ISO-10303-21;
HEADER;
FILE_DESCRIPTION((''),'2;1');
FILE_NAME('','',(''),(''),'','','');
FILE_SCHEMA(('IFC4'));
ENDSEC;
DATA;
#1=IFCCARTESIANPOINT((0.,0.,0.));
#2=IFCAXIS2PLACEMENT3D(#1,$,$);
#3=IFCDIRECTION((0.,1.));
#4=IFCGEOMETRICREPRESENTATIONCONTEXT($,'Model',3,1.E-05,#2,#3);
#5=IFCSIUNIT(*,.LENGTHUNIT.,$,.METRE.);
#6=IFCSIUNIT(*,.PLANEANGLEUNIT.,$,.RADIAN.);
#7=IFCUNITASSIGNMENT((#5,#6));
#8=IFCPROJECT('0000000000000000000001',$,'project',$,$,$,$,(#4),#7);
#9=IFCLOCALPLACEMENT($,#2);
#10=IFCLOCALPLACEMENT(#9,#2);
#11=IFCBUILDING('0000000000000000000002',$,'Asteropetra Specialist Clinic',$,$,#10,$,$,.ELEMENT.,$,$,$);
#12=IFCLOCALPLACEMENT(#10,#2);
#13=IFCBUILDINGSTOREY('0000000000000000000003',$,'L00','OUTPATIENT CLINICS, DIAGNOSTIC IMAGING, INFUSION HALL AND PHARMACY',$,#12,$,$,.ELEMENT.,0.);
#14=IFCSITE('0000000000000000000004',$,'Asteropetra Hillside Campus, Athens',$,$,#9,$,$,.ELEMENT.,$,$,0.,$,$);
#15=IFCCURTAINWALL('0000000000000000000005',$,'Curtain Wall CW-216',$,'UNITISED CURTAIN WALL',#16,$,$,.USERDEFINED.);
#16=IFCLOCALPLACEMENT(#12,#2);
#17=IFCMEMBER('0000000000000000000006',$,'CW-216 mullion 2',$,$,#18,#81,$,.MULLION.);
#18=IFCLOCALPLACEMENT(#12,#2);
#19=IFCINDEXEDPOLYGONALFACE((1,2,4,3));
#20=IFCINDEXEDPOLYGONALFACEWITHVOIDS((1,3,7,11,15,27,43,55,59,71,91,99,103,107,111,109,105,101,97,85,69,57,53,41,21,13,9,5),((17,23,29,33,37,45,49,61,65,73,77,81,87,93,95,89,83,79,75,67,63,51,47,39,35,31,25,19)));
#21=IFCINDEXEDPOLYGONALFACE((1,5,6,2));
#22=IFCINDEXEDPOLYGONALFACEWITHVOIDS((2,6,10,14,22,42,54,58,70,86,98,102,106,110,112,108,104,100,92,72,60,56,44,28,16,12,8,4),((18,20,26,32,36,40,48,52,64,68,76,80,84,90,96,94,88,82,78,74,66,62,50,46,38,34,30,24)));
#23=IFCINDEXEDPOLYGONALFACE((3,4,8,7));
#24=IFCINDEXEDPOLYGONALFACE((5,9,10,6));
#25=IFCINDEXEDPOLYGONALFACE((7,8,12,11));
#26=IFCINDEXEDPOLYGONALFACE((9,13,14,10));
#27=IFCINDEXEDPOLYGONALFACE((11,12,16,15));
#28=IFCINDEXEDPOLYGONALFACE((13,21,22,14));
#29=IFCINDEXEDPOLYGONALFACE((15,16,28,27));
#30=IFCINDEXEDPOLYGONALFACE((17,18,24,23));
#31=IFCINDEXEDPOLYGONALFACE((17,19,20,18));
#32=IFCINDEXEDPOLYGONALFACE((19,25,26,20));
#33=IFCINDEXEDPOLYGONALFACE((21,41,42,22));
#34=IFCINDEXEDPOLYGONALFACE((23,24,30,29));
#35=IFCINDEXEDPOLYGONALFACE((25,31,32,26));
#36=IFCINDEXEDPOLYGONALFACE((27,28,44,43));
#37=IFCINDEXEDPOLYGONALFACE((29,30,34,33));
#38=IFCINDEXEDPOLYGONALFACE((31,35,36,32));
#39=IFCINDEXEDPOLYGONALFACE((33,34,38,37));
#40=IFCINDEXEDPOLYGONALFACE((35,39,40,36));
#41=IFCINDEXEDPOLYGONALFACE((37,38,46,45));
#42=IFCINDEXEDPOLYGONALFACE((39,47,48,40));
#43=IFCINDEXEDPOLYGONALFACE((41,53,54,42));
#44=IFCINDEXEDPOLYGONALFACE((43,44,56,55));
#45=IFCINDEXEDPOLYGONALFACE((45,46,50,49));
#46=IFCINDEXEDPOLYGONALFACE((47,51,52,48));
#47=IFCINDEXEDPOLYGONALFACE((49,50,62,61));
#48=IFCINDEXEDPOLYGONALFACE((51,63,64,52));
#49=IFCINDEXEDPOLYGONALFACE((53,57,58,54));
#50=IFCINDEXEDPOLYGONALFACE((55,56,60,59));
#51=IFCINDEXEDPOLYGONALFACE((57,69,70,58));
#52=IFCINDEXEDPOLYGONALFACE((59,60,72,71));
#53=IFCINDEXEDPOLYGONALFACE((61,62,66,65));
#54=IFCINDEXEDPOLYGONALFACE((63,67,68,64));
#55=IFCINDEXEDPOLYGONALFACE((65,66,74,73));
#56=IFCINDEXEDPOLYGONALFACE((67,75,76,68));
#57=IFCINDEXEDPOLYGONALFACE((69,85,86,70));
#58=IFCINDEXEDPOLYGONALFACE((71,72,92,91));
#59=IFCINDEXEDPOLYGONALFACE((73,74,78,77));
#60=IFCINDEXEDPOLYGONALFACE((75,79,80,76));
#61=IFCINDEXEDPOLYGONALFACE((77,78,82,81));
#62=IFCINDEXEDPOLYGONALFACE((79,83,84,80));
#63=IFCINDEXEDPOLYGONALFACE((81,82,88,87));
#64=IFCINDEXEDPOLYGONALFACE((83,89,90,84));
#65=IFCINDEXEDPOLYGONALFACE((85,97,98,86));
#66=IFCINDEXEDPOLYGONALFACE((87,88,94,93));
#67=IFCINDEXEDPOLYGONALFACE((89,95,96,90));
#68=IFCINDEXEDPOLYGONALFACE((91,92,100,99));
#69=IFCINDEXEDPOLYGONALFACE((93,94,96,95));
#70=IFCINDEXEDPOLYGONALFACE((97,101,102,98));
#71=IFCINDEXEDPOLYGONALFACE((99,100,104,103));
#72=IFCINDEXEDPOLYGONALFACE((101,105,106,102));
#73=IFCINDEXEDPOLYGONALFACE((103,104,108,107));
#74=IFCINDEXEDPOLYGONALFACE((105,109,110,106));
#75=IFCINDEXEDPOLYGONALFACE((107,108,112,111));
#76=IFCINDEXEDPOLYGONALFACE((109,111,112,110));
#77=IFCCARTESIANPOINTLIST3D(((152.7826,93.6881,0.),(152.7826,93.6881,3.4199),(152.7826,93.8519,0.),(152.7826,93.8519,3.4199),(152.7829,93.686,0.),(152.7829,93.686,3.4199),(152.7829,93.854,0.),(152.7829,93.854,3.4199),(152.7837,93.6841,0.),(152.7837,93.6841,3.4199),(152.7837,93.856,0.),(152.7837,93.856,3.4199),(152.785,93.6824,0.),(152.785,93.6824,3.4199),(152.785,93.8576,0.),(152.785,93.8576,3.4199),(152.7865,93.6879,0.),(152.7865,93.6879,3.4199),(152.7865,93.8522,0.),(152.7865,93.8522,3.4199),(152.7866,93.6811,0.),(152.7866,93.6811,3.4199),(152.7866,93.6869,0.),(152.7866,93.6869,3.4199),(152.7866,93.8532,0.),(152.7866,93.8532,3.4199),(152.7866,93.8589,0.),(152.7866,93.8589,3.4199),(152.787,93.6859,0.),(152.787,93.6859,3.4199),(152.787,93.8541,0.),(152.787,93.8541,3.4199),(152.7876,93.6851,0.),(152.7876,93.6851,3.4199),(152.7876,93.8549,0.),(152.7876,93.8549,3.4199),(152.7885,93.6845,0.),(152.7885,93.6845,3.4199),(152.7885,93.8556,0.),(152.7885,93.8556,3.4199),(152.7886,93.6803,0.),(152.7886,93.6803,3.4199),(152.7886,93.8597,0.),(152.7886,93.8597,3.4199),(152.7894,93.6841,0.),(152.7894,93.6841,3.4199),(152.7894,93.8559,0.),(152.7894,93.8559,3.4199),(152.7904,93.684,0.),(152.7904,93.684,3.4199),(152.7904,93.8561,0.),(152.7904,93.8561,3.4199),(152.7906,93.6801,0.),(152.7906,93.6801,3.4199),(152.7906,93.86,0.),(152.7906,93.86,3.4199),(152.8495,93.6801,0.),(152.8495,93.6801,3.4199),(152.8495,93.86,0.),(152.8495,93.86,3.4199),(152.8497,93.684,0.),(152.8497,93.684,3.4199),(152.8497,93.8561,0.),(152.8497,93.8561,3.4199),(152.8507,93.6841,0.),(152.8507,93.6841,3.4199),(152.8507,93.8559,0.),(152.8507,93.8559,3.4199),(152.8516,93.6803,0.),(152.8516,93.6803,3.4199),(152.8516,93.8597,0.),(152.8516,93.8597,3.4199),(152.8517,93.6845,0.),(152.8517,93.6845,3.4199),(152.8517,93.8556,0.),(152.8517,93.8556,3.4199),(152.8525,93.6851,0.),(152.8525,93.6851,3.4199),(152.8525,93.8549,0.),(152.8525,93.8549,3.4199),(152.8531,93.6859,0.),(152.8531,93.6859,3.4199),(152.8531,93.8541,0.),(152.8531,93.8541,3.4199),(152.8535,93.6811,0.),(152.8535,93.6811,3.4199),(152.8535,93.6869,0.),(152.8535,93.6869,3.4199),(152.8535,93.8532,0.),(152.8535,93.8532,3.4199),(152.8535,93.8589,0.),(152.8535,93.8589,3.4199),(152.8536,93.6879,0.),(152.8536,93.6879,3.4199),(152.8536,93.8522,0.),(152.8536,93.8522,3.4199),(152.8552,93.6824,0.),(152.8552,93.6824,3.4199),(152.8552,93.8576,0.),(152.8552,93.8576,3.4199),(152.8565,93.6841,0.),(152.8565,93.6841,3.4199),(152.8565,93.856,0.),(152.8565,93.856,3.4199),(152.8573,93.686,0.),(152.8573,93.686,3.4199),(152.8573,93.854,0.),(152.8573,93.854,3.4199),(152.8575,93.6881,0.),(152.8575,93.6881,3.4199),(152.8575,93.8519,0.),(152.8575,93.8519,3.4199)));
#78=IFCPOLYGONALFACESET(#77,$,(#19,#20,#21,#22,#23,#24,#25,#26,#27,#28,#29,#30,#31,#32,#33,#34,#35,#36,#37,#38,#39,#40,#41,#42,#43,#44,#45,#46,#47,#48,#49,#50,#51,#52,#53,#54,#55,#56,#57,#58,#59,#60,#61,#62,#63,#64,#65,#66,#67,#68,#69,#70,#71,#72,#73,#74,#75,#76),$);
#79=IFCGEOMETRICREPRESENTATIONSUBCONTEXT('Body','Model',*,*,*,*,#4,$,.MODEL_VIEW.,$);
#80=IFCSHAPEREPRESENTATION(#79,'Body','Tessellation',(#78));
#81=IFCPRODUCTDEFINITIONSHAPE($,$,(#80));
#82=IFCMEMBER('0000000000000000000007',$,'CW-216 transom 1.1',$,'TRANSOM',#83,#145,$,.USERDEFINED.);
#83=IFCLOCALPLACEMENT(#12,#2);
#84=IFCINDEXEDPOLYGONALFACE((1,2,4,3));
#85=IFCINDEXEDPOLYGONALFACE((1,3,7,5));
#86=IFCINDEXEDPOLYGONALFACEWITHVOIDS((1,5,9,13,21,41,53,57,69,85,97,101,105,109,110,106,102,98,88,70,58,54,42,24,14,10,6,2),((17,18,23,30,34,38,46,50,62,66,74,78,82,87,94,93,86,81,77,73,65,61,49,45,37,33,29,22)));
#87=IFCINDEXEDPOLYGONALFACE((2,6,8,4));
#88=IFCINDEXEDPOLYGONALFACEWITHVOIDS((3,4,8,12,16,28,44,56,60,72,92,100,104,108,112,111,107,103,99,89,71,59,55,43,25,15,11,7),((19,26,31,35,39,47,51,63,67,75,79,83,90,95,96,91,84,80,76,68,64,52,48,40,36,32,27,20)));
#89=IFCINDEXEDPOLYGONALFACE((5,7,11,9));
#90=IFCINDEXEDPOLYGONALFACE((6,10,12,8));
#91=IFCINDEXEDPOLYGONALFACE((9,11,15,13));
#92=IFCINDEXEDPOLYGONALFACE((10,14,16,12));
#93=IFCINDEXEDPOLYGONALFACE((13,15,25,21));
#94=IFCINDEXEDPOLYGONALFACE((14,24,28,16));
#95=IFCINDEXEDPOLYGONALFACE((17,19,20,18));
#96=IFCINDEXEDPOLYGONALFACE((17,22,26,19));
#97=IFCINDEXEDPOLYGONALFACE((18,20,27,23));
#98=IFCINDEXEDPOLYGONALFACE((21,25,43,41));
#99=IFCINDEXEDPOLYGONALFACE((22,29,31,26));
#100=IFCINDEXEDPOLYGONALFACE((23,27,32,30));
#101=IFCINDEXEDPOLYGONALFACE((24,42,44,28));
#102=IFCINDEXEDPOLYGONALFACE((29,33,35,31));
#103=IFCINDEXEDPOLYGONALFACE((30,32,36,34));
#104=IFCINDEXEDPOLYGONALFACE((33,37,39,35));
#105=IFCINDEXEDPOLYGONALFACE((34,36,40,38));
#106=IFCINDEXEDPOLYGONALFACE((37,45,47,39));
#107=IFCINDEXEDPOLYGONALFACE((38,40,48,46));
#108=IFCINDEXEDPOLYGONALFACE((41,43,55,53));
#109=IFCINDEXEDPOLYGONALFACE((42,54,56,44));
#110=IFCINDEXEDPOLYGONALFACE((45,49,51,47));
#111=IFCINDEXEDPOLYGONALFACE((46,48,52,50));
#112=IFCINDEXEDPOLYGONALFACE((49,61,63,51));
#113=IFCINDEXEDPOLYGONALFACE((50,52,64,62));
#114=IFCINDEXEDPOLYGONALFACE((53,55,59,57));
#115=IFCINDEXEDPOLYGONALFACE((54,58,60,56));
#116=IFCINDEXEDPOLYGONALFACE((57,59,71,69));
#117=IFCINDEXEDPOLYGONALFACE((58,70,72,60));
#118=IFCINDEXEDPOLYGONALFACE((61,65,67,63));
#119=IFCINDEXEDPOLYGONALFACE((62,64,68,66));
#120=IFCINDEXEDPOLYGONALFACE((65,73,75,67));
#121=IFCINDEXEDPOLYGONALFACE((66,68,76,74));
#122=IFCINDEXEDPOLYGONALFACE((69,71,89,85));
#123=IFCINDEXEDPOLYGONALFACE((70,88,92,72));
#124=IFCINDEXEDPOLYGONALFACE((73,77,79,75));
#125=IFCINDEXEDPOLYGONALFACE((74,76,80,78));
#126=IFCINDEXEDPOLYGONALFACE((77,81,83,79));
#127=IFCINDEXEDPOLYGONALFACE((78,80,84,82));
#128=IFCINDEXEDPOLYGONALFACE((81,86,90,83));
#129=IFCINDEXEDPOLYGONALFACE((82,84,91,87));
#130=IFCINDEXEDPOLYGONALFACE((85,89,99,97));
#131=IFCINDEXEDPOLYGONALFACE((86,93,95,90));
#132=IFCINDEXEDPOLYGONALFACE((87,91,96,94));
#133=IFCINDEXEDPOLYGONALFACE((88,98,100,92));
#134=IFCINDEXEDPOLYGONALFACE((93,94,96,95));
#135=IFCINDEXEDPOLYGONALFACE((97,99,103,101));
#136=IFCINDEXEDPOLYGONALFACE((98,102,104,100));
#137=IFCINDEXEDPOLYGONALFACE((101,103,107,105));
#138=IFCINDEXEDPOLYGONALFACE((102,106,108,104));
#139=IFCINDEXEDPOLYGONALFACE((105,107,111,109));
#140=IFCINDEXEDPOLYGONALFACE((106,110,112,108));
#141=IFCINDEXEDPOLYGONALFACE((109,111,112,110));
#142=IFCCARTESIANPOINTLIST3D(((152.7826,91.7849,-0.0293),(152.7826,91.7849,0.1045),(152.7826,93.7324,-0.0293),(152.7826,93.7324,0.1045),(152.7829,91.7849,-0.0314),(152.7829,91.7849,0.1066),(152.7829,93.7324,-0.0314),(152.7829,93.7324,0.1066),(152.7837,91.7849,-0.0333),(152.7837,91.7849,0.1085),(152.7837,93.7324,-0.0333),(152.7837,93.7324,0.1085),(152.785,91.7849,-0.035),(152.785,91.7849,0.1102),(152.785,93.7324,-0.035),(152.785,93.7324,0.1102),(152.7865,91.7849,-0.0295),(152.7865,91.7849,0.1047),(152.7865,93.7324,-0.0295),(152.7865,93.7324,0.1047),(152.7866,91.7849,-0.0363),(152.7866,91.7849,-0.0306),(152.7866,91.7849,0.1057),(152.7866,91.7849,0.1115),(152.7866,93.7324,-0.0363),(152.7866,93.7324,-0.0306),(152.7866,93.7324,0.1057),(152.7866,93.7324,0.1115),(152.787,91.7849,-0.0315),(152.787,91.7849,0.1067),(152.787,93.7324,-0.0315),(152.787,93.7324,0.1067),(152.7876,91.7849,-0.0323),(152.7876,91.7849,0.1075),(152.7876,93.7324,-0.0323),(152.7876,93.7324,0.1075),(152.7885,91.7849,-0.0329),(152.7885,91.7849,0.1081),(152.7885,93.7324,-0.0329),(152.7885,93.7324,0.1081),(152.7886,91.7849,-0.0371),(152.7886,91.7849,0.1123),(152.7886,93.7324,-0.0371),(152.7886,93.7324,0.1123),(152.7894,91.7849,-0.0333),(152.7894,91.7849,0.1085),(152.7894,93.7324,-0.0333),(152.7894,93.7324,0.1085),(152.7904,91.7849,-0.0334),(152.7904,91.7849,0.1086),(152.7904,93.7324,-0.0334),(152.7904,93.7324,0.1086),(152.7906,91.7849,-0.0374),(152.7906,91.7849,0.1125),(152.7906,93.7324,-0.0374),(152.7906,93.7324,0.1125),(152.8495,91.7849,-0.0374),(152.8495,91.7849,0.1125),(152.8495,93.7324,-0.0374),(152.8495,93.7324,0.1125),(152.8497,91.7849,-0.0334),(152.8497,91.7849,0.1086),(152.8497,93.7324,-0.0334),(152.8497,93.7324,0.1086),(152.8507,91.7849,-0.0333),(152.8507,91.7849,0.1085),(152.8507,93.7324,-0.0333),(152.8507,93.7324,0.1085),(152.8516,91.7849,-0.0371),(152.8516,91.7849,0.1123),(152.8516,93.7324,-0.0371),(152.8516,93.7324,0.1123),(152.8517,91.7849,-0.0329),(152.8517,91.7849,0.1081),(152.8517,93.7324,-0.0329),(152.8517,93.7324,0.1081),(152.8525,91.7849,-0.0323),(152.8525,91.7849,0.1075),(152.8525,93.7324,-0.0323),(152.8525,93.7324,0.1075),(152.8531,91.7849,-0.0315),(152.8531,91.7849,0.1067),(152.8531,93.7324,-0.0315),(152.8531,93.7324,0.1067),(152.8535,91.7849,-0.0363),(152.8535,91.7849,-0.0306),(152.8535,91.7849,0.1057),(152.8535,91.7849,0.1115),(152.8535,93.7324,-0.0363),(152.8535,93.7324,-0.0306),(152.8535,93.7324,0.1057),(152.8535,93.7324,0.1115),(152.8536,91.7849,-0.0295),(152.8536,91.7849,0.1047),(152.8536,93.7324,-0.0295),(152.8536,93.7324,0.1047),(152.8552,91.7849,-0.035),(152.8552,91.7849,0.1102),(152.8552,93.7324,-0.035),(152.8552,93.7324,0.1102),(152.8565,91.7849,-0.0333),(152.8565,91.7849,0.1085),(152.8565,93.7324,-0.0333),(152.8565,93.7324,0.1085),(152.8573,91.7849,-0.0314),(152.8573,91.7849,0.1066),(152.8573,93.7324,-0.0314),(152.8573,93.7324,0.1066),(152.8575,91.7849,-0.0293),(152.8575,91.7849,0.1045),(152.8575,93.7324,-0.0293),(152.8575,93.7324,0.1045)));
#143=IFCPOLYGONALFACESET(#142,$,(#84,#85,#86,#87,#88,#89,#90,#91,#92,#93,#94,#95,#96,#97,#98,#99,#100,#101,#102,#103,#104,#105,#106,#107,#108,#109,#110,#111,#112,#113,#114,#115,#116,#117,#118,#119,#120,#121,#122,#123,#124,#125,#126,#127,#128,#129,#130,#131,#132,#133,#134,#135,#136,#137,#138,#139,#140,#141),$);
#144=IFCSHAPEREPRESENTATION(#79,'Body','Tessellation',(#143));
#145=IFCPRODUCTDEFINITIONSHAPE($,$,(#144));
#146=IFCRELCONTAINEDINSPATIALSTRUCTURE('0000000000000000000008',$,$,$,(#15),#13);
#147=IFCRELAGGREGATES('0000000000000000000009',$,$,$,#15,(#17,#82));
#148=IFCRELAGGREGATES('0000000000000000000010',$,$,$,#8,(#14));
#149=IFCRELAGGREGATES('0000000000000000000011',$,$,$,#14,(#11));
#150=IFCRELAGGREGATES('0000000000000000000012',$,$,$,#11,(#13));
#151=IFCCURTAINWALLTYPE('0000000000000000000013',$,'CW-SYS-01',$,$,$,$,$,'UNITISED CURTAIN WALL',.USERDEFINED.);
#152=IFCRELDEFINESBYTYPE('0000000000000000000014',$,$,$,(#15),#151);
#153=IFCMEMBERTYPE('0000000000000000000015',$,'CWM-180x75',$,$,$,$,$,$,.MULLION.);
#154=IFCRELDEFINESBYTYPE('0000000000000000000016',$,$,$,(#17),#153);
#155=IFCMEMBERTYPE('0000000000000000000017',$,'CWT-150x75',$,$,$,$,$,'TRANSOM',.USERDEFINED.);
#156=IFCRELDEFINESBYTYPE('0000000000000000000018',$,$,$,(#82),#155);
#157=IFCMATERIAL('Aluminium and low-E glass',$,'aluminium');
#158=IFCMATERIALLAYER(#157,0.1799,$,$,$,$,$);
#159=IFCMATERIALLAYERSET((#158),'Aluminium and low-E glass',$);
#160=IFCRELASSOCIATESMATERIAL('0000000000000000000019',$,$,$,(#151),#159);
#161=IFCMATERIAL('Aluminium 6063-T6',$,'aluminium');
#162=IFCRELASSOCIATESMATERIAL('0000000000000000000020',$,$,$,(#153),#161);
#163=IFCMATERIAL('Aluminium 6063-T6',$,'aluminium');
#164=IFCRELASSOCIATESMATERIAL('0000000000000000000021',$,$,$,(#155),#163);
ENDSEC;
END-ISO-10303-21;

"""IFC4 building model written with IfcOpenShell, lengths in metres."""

from ifc_helpers import new_model, si_unit, direction, frame, origin, origin_2d, place, context, subcontext, project, spatial, hollow_rectangle, extrude, material, layer, layer_set, material_profile, profile_set, type_object, element, aggregate, save


model = new_model("IFC4")

# Units and contexts
model_context = context("Model", 3, precision=1e-05, world=origin(), true_north=direction((0.0, 1.0)))
body_context = subcontext(model_context, "Body", "Model", "MODEL_VIEW")
ifc_project = project(units=[si_unit("LENGTHUNIT", "METRE"), si_unit("PLANEANGLEUNIT", "RADIAN")], contexts=[model_context])

# Site, building, storey
site_placement = place(None, origin())
site = spatial("IfcSite", under=ifc_project, at=site_placement, Name="Asteropetra Hillside Campus, Athens", CompositionType="ELEMENT", RefElevation=0.0)
building_placement = place(site_placement, origin())
building = spatial("IfcBuilding", under=site, at=building_placement, Name="Asteropetra Specialist Clinic", CompositionType="ELEMENT")
storey_placement = place(building_placement, origin())
storey = spatial("IfcBuildingStorey", under=building, at=storey_placement, Name="L00", Description="OUTPATIENT CLINICS, DIAGNOSTIC IMAGING, INFUSION HALL AND PHARMACY", CompositionType="ELEMENT", Elevation=0.0)

# Curtain wall, members
ifc_material_1 = material(Name="Aluminium and low-E glass", Category="aluminium")
ifc_layer_1 = layer(ifc_material_1, 0.1799)
ifc_layer_set_1 = layer_set([ifc_layer_1], Name="Aluminium and low-E glass")
curtain_wall_type = type_object("IfcCurtainWallType", Name="CW-SYS-01", ElementType="UNITISED CURTAIN WALL", PredefinedType="USERDEFINED", material=ifc_layer_set_1)
curtain_wall_placement = place(storey_placement, origin())
curtain_wall = element("IfcCurtainWall", 1, at=curtain_wall_placement, inside=storey, type_object=curtain_wall_type, Name="Curtain Wall CW-216", ObjectType="UNITISED CURTAIN WALL", PredefinedType="USERDEFINED")
ifc_material_2 = material(Name="Aluminium 6063-T6", Category="aluminium")
ifc_material_profile_1 = material_profile(ifc_material_2, hollow_rectangle(XDim=0.075, YDim=0.1799, WallThickness=0.0039, InnerFilletRadius=0.0039, OuterFilletRadius=0.0081, at=origin_2d()), Name="MUL 180x75x4.0")
ifc_profile_set_1 = profile_set([ifc_material_profile_1], Name="Aluminium 6063-T6")
member_type_1 = type_object("IfcMemberType", Name="CWM-180x75", PredefinedType="MULLION", material=ifc_profile_set_1)
member_1_placement = place(storey_placement, frame((152.8201, 93.77, 0.0), z_axis=(0.0, 0.0, 1.0), x_axis=(-1.0, 0.0, 0.0)))
member_1 = element("IfcMember", 2, at=member_1_placement, type_object=member_type_1, Name="CW-216 mullion 2", PredefinedType="MULLION", context=body_context, shape_type="SweptSolid", body=[
    extrude(hollow_rectangle(XDim=0.075, YDim=0.1799, WallThickness=0.0039, InnerFilletRadius=0.0039, OuterFilletRadius=0.0081, at=origin_2d()), origin(), (0.0, 0.0, 1.0), 3.4199),
])
ifc_material_3 = material(Name="Aluminium 6063-T6", Category="aluminium")
ifc_material_profile_2 = material_profile(ifc_material_3, hollow_rectangle(XDim=0.075, YDim=0.1499, WallThickness=0.0039, InnerFilletRadius=0.0039, OuterFilletRadius=0.0081, at=origin_2d()), Name="TRN 150x75x4.0")
ifc_profile_set_2 = profile_set([ifc_material_profile_2], Name="Aluminium 6063-T6")
member_type_2 = type_object("IfcMemberType", Name="CWT-150x75", ElementType="TRANSOM", PredefinedType="USERDEFINED", material=ifc_profile_set_2)
member_2_placement = place(storey_placement, frame((152.8201, 91.7849, 0.0376), z_axis=(0.0, 1.0, 0.0), x_axis=(-1.0, 0.0, 0.0)))
member_2 = element("IfcMember", 3, at=member_2_placement, type_object=member_type_2, Name="CW-216 transom 1.1", ObjectType="TRANSOM", PredefinedType="USERDEFINED", context=body_context, shape_type="SweptSolid", body=[
    extrude(hollow_rectangle(XDim=0.075, YDim=0.1499, WallThickness=0.0039, InnerFilletRadius=0.0039, OuterFilletRadius=0.0081, at=origin_2d()), origin(), (0.0, 0.0, 1.0), 1.9475),
])
aggregate(curtain_wall, [member_1, member_2])

save(model, "model.ifc")
